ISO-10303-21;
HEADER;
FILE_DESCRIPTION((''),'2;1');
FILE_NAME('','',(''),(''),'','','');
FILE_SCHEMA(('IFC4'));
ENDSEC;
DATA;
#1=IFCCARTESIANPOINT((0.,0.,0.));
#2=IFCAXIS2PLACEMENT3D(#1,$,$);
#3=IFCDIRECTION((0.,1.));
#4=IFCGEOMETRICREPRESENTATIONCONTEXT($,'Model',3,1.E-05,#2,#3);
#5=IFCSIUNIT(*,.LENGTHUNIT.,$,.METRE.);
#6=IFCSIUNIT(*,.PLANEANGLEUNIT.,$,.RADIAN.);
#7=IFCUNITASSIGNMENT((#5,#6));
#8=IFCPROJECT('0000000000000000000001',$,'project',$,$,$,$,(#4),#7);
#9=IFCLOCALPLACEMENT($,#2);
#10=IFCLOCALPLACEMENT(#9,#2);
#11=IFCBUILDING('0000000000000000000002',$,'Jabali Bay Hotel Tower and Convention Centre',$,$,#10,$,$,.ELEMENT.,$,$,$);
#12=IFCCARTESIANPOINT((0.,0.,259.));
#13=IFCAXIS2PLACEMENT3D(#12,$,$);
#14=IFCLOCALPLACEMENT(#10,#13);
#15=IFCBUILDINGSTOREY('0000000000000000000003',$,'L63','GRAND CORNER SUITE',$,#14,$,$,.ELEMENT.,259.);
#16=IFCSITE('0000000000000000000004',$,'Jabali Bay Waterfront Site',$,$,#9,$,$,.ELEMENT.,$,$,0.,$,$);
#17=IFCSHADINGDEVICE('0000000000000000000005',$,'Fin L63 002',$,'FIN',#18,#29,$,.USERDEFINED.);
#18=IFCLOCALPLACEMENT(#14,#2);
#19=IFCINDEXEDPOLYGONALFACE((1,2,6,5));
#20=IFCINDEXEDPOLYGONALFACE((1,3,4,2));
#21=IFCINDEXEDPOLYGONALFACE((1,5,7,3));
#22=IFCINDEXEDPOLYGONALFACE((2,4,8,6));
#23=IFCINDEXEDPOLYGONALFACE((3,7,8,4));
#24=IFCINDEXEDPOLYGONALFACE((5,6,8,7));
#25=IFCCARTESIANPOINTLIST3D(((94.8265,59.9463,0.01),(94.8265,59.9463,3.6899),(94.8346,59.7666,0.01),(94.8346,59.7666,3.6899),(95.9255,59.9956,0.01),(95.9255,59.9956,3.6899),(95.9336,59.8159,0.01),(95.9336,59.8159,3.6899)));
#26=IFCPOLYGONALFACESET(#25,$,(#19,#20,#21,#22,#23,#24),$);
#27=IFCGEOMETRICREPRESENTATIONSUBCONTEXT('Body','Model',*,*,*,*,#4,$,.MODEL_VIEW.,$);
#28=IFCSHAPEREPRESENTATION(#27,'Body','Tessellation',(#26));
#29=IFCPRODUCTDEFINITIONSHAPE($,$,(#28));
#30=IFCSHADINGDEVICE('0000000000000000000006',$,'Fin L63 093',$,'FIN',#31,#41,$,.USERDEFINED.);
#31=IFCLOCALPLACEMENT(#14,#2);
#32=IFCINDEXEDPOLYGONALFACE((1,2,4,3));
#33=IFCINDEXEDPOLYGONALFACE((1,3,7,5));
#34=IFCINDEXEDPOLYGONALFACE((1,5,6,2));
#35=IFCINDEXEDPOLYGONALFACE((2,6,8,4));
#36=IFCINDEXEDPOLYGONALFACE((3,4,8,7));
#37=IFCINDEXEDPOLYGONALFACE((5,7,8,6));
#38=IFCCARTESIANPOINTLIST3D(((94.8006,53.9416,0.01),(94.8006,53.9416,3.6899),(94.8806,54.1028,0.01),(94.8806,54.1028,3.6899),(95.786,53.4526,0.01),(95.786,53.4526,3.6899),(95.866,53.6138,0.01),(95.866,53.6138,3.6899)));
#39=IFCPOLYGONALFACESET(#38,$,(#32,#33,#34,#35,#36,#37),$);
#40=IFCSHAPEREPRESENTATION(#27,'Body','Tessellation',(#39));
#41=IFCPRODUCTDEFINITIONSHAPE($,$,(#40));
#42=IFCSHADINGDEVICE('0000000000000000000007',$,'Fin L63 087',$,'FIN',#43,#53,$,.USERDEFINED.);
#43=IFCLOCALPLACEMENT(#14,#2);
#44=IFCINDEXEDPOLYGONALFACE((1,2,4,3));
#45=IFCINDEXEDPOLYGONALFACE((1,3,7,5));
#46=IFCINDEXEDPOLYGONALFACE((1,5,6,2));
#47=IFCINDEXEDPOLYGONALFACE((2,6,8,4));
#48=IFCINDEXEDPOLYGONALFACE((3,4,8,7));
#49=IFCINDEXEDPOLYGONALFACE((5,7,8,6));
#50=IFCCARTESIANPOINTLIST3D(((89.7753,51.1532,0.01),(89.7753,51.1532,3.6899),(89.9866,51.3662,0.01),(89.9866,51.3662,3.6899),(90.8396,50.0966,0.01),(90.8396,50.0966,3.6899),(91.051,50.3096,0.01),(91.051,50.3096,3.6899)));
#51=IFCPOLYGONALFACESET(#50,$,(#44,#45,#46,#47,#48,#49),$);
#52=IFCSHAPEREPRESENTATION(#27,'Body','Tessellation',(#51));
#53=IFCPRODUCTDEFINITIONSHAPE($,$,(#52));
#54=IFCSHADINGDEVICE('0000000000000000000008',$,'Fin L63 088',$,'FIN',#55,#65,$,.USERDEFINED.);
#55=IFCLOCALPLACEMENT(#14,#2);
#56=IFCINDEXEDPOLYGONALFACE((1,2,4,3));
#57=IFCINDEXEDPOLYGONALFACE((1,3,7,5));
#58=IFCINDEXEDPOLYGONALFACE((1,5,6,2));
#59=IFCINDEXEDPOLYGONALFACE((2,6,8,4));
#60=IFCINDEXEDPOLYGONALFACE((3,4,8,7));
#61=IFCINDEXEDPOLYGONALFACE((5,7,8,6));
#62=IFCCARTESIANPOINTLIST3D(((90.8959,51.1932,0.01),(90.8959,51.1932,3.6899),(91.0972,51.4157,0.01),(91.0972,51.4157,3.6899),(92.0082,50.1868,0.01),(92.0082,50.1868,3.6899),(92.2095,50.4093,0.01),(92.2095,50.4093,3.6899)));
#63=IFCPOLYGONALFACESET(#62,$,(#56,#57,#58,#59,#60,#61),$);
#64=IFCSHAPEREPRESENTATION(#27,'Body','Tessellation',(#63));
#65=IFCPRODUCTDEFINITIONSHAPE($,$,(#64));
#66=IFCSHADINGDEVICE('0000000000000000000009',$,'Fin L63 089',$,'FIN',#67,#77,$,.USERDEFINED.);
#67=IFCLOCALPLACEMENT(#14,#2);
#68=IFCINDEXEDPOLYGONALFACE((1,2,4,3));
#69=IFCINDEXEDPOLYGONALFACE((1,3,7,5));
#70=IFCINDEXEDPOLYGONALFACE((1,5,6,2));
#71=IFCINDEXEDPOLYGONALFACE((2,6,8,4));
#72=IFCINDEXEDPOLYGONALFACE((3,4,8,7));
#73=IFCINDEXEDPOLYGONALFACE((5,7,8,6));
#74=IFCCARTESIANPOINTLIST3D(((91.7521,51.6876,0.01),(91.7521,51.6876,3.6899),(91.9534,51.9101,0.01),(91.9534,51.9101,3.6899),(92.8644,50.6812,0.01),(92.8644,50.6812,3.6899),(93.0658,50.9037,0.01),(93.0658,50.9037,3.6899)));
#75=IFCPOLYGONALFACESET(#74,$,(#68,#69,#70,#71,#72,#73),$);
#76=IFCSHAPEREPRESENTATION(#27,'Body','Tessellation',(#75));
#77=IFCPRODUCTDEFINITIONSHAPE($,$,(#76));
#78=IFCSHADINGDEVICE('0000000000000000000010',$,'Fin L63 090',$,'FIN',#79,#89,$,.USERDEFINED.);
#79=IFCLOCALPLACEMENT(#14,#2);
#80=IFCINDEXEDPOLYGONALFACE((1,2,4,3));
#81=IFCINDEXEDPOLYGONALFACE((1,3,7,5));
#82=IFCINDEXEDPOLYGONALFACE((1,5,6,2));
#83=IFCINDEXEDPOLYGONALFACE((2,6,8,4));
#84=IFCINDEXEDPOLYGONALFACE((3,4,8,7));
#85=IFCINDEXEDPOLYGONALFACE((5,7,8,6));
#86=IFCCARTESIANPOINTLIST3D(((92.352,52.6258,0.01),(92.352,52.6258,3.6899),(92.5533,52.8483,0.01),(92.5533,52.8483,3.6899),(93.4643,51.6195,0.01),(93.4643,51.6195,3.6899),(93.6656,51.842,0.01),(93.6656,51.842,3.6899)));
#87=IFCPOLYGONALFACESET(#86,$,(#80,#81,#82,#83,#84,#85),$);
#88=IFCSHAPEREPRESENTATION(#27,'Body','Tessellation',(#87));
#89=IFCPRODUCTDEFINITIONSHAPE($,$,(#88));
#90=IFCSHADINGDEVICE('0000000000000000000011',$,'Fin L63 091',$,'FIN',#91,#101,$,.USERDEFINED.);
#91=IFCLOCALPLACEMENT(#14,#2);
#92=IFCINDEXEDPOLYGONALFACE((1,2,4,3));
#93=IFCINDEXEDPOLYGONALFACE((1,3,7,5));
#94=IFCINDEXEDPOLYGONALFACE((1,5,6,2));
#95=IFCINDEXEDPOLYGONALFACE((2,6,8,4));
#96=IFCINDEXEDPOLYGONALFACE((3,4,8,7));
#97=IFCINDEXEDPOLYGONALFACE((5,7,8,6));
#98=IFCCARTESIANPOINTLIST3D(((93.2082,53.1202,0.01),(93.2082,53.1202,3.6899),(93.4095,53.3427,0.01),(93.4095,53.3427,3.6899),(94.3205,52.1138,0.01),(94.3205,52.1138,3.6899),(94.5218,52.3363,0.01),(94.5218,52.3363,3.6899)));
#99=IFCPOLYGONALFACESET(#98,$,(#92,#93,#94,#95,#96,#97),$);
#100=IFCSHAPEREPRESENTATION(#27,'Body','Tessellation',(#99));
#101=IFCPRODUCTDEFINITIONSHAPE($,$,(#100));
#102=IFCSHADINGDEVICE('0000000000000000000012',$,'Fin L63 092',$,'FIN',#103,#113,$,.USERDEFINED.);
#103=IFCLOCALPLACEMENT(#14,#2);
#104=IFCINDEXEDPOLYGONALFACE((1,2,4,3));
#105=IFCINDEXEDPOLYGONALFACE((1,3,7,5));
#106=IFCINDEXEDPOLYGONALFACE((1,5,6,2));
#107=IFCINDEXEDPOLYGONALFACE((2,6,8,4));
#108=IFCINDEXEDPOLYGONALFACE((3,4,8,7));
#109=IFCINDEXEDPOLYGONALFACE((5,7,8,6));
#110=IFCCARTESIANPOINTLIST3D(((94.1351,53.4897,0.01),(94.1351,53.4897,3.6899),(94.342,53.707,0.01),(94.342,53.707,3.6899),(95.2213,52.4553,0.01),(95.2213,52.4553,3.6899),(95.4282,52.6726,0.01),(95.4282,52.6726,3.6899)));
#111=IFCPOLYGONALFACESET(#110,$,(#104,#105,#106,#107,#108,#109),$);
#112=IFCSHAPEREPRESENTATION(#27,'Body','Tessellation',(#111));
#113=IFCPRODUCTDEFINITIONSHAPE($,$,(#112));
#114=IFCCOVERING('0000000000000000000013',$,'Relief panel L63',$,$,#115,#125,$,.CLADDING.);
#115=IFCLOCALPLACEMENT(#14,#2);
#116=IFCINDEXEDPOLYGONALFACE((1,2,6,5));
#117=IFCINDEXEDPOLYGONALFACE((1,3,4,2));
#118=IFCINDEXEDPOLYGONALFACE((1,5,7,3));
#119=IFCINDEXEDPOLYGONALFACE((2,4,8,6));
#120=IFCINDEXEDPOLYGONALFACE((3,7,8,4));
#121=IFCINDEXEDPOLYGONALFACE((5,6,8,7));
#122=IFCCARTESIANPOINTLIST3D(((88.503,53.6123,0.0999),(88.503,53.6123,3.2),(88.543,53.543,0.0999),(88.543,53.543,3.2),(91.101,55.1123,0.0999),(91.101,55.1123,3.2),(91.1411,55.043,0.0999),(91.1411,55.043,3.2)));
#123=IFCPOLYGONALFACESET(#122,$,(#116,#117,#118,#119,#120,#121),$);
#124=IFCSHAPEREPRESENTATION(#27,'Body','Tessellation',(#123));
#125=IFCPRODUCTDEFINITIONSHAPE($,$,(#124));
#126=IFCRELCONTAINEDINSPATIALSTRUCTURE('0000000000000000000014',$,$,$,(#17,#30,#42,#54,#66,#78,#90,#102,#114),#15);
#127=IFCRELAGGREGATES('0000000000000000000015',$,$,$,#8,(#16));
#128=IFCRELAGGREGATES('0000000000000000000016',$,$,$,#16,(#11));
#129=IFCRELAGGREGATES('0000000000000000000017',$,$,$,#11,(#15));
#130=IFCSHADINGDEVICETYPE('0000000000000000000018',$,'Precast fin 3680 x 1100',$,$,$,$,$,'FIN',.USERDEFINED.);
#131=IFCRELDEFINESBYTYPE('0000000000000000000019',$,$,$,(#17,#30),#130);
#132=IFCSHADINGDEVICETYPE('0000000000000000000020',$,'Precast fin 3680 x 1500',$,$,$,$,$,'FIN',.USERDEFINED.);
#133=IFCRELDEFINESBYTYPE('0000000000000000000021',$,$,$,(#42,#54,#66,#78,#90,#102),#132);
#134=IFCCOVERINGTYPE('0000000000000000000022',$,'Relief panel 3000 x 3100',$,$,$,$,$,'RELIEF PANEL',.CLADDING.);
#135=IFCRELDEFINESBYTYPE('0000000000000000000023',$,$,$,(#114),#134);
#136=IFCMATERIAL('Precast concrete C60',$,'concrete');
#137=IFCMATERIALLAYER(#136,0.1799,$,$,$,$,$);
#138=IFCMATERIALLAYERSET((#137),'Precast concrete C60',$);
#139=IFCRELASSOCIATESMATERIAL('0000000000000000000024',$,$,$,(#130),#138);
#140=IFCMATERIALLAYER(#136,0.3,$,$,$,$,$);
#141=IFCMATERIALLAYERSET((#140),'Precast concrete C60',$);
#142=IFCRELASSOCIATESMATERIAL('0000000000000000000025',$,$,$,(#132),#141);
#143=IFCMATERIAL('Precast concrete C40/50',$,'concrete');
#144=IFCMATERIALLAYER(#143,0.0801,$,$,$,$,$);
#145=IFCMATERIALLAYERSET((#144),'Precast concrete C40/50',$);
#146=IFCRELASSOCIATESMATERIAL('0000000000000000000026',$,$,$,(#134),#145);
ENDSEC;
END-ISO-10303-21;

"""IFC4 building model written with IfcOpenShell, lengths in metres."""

from ifc_helpers import new_model, si_unit, direction, frame, frame_2d, origin, origin_2d, place, context, subcontext, project, spatial, rectangle, extrude, material, layer, layer_set, type_object, element, save


model = new_model("IFC4")

# Units and contexts
model_context = context("Model", 3, precision=1e-05, world=origin(), true_north=direction((0.0, 1.0)))
body_context = subcontext(model_context, "Body", "Model", "MODEL_VIEW")
ifc_project = project(units=[si_unit("LENGTHUNIT", "METRE"), si_unit("PLANEANGLEUNIT", "RADIAN")], contexts=[model_context])

# Site, building, storey
site_placement = place(None, origin())
site = spatial("IfcSite", under=ifc_project, at=site_placement, Name="Jabali Bay Waterfront Site", CompositionType="ELEMENT", RefElevation=0.0)
building_placement = place(site_placement, origin())
building = spatial("IfcBuilding", under=site, at=building_placement, Name="Jabali Bay Hotel Tower and Convention Centre", CompositionType="ELEMENT")
storey_placement = place(building_placement, frame((0.0, 0.0, 259.0)))
storey = spatial("IfcBuildingStorey", under=building, at=storey_placement, Name="L63", Description="GRAND CORNER SUITE", CompositionType="ELEMENT", Elevation=259.0)

# Shading devices
ifc_material_1 = material(Name="Precast concrete C60", Category="concrete")
ifc_layer_1 = layer(ifc_material_1, 0.1799)
ifc_layer_set_1 = layer_set([ifc_layer_1], Name="Precast concrete C60")
shading_device_type_1 = type_object("IfcShadingDeviceType", Name="Precast fin 3680 x 1100", ElementType="FIN", PredefinedType="USERDEFINED", material=ifc_layer_set_1)
for number, where, z_axis, x_axis, name in (
    (1, (94.8306, 59.8564, 0.01), (0.0, 0.0, 1.0), (0.998994, 0.044834, 0.0), "Fin L63 002"),
    (2, (94.8406, 54.0222, 0.01), (0.0, 0.0, 1.0), (0.895755, -0.444548, 0.0), "Fin L63 093"),
):
    element("IfcShadingDevice", number, at=place(storey_placement, frame(where, z_axis=z_axis, x_axis=x_axis)), inside=storey, type_object=shading_device_type_1, Name=name, ObjectType="FIN", PredefinedType="USERDEFINED", context=body_context, shape_type="SweptSolid", body=[
        extrude(rectangle(XDim=1.1001, YDim=0.1799, at=frame_2d((0.55, 0.0))), origin(), (0.0, 0.0, 1.0), 3.6799),
    ])
ifc_layer_2 = layer(ifc_material_1, 0.3)
ifc_layer_set_2 = layer_set([ifc_layer_2], Name="Precast concrete C60")
shading_device_type_2 = type_object("IfcShadingDeviceType", Name="Precast fin 3680 x 1500", ElementType="FIN", PredefinedType="USERDEFINED", material=ifc_layer_set_2)
shading_device_placement = place(storey_placement, frame((89.8809, 51.2598, 0.01), z_axis=(0.0, 0.0, 1.0), x_axis=(0.709706, -0.704498, 0.0)))
element("IfcShadingDevice", 3, at=shading_device_placement, inside=storey, type_object=shading_device_type_2, Name="Fin L63 087", ObjectType="FIN", PredefinedType="USERDEFINED", context=body_context, shape_type="SweptSolid", body=[
    extrude(rectangle(XDim=1.4998, YDim=0.3, at=frame_2d((0.75, 0.0))), origin(), (0.0, 0.0, 1.0), 3.6799),
])
for number, where, z_axis, x_axis, name in (
    (4, (90.9966, 51.3044, 0.01), (0.0, 0.0, 1.0), (0.741543, -0.670905, 0.0), "Fin L63 088"),
    (5, (91.8528, 51.7988, 0.01), (0.0, 0.0, 1.0), (0.741543, -0.670905, 0.0), "Fin L63 089"),
    (6, (92.4526, 52.7371, 0.01), (0.0, 0.0, 1.0), (0.741543, -0.670905, 0.0), "Fin L63 090"),
    (7, (93.3088, 53.2314, 0.01), (0.0, 0.0, 1.0), (0.741543, -0.670905, 0.0), "Fin L63 091"),
    (8, (94.2385, 53.5984, 0.01), (0.0, 0.0, 1.0), (0.72415, -0.689643, 0.0), "Fin L63 092"),
):
    element("IfcShadingDevice", number, at=place(storey_placement, frame(where, z_axis=z_axis, x_axis=x_axis)), inside=storey, type_object=shading_device_type_2, Name=name, ObjectType="FIN", PredefinedType="USERDEFINED", context=body_context, shape_type="SweptSolid", body=[
        extrude(rectangle(XDim=1.5, YDim=0.3, at=frame_2d((0.75, 0.0))), origin(), (0.0, 0.0, 1.0), 3.6799),
    ])

# Covering
ifc_material_2 = material(Name="Precast concrete C40/50", Category="concrete")
ifc_layer_3 = layer(ifc_material_2, 0.0801)
ifc_layer_set_3 = layer_set([ifc_layer_3], Name="Precast concrete C40/50")
covering_type = type_object("IfcCoveringType", Name="Relief panel 3000 x 3100", ElementType="RELIEF PANEL", PredefinedType="CLADDING", material=ifc_layer_set_3)
covering_placement = place(storey_placement, frame((89.822, 54.3276, 0.0999), z_axis=(0.0, 0.0, 1.0), x_axis=(-0.866025, -0.5, 0.0)))
element("IfcCovering", 9, at=covering_placement, inside=storey, type_object=covering_type, Name="Relief panel L63", PredefinedType="CLADDING", context=body_context, shape_type="SweptSolid", body=[
    extrude(rectangle(XDim=3.0, YDim=0.0801, at=origin_2d()), origin(), (0.0, 0.0, 1.0), 3.1001),
])

save(model, "model.ifc")
